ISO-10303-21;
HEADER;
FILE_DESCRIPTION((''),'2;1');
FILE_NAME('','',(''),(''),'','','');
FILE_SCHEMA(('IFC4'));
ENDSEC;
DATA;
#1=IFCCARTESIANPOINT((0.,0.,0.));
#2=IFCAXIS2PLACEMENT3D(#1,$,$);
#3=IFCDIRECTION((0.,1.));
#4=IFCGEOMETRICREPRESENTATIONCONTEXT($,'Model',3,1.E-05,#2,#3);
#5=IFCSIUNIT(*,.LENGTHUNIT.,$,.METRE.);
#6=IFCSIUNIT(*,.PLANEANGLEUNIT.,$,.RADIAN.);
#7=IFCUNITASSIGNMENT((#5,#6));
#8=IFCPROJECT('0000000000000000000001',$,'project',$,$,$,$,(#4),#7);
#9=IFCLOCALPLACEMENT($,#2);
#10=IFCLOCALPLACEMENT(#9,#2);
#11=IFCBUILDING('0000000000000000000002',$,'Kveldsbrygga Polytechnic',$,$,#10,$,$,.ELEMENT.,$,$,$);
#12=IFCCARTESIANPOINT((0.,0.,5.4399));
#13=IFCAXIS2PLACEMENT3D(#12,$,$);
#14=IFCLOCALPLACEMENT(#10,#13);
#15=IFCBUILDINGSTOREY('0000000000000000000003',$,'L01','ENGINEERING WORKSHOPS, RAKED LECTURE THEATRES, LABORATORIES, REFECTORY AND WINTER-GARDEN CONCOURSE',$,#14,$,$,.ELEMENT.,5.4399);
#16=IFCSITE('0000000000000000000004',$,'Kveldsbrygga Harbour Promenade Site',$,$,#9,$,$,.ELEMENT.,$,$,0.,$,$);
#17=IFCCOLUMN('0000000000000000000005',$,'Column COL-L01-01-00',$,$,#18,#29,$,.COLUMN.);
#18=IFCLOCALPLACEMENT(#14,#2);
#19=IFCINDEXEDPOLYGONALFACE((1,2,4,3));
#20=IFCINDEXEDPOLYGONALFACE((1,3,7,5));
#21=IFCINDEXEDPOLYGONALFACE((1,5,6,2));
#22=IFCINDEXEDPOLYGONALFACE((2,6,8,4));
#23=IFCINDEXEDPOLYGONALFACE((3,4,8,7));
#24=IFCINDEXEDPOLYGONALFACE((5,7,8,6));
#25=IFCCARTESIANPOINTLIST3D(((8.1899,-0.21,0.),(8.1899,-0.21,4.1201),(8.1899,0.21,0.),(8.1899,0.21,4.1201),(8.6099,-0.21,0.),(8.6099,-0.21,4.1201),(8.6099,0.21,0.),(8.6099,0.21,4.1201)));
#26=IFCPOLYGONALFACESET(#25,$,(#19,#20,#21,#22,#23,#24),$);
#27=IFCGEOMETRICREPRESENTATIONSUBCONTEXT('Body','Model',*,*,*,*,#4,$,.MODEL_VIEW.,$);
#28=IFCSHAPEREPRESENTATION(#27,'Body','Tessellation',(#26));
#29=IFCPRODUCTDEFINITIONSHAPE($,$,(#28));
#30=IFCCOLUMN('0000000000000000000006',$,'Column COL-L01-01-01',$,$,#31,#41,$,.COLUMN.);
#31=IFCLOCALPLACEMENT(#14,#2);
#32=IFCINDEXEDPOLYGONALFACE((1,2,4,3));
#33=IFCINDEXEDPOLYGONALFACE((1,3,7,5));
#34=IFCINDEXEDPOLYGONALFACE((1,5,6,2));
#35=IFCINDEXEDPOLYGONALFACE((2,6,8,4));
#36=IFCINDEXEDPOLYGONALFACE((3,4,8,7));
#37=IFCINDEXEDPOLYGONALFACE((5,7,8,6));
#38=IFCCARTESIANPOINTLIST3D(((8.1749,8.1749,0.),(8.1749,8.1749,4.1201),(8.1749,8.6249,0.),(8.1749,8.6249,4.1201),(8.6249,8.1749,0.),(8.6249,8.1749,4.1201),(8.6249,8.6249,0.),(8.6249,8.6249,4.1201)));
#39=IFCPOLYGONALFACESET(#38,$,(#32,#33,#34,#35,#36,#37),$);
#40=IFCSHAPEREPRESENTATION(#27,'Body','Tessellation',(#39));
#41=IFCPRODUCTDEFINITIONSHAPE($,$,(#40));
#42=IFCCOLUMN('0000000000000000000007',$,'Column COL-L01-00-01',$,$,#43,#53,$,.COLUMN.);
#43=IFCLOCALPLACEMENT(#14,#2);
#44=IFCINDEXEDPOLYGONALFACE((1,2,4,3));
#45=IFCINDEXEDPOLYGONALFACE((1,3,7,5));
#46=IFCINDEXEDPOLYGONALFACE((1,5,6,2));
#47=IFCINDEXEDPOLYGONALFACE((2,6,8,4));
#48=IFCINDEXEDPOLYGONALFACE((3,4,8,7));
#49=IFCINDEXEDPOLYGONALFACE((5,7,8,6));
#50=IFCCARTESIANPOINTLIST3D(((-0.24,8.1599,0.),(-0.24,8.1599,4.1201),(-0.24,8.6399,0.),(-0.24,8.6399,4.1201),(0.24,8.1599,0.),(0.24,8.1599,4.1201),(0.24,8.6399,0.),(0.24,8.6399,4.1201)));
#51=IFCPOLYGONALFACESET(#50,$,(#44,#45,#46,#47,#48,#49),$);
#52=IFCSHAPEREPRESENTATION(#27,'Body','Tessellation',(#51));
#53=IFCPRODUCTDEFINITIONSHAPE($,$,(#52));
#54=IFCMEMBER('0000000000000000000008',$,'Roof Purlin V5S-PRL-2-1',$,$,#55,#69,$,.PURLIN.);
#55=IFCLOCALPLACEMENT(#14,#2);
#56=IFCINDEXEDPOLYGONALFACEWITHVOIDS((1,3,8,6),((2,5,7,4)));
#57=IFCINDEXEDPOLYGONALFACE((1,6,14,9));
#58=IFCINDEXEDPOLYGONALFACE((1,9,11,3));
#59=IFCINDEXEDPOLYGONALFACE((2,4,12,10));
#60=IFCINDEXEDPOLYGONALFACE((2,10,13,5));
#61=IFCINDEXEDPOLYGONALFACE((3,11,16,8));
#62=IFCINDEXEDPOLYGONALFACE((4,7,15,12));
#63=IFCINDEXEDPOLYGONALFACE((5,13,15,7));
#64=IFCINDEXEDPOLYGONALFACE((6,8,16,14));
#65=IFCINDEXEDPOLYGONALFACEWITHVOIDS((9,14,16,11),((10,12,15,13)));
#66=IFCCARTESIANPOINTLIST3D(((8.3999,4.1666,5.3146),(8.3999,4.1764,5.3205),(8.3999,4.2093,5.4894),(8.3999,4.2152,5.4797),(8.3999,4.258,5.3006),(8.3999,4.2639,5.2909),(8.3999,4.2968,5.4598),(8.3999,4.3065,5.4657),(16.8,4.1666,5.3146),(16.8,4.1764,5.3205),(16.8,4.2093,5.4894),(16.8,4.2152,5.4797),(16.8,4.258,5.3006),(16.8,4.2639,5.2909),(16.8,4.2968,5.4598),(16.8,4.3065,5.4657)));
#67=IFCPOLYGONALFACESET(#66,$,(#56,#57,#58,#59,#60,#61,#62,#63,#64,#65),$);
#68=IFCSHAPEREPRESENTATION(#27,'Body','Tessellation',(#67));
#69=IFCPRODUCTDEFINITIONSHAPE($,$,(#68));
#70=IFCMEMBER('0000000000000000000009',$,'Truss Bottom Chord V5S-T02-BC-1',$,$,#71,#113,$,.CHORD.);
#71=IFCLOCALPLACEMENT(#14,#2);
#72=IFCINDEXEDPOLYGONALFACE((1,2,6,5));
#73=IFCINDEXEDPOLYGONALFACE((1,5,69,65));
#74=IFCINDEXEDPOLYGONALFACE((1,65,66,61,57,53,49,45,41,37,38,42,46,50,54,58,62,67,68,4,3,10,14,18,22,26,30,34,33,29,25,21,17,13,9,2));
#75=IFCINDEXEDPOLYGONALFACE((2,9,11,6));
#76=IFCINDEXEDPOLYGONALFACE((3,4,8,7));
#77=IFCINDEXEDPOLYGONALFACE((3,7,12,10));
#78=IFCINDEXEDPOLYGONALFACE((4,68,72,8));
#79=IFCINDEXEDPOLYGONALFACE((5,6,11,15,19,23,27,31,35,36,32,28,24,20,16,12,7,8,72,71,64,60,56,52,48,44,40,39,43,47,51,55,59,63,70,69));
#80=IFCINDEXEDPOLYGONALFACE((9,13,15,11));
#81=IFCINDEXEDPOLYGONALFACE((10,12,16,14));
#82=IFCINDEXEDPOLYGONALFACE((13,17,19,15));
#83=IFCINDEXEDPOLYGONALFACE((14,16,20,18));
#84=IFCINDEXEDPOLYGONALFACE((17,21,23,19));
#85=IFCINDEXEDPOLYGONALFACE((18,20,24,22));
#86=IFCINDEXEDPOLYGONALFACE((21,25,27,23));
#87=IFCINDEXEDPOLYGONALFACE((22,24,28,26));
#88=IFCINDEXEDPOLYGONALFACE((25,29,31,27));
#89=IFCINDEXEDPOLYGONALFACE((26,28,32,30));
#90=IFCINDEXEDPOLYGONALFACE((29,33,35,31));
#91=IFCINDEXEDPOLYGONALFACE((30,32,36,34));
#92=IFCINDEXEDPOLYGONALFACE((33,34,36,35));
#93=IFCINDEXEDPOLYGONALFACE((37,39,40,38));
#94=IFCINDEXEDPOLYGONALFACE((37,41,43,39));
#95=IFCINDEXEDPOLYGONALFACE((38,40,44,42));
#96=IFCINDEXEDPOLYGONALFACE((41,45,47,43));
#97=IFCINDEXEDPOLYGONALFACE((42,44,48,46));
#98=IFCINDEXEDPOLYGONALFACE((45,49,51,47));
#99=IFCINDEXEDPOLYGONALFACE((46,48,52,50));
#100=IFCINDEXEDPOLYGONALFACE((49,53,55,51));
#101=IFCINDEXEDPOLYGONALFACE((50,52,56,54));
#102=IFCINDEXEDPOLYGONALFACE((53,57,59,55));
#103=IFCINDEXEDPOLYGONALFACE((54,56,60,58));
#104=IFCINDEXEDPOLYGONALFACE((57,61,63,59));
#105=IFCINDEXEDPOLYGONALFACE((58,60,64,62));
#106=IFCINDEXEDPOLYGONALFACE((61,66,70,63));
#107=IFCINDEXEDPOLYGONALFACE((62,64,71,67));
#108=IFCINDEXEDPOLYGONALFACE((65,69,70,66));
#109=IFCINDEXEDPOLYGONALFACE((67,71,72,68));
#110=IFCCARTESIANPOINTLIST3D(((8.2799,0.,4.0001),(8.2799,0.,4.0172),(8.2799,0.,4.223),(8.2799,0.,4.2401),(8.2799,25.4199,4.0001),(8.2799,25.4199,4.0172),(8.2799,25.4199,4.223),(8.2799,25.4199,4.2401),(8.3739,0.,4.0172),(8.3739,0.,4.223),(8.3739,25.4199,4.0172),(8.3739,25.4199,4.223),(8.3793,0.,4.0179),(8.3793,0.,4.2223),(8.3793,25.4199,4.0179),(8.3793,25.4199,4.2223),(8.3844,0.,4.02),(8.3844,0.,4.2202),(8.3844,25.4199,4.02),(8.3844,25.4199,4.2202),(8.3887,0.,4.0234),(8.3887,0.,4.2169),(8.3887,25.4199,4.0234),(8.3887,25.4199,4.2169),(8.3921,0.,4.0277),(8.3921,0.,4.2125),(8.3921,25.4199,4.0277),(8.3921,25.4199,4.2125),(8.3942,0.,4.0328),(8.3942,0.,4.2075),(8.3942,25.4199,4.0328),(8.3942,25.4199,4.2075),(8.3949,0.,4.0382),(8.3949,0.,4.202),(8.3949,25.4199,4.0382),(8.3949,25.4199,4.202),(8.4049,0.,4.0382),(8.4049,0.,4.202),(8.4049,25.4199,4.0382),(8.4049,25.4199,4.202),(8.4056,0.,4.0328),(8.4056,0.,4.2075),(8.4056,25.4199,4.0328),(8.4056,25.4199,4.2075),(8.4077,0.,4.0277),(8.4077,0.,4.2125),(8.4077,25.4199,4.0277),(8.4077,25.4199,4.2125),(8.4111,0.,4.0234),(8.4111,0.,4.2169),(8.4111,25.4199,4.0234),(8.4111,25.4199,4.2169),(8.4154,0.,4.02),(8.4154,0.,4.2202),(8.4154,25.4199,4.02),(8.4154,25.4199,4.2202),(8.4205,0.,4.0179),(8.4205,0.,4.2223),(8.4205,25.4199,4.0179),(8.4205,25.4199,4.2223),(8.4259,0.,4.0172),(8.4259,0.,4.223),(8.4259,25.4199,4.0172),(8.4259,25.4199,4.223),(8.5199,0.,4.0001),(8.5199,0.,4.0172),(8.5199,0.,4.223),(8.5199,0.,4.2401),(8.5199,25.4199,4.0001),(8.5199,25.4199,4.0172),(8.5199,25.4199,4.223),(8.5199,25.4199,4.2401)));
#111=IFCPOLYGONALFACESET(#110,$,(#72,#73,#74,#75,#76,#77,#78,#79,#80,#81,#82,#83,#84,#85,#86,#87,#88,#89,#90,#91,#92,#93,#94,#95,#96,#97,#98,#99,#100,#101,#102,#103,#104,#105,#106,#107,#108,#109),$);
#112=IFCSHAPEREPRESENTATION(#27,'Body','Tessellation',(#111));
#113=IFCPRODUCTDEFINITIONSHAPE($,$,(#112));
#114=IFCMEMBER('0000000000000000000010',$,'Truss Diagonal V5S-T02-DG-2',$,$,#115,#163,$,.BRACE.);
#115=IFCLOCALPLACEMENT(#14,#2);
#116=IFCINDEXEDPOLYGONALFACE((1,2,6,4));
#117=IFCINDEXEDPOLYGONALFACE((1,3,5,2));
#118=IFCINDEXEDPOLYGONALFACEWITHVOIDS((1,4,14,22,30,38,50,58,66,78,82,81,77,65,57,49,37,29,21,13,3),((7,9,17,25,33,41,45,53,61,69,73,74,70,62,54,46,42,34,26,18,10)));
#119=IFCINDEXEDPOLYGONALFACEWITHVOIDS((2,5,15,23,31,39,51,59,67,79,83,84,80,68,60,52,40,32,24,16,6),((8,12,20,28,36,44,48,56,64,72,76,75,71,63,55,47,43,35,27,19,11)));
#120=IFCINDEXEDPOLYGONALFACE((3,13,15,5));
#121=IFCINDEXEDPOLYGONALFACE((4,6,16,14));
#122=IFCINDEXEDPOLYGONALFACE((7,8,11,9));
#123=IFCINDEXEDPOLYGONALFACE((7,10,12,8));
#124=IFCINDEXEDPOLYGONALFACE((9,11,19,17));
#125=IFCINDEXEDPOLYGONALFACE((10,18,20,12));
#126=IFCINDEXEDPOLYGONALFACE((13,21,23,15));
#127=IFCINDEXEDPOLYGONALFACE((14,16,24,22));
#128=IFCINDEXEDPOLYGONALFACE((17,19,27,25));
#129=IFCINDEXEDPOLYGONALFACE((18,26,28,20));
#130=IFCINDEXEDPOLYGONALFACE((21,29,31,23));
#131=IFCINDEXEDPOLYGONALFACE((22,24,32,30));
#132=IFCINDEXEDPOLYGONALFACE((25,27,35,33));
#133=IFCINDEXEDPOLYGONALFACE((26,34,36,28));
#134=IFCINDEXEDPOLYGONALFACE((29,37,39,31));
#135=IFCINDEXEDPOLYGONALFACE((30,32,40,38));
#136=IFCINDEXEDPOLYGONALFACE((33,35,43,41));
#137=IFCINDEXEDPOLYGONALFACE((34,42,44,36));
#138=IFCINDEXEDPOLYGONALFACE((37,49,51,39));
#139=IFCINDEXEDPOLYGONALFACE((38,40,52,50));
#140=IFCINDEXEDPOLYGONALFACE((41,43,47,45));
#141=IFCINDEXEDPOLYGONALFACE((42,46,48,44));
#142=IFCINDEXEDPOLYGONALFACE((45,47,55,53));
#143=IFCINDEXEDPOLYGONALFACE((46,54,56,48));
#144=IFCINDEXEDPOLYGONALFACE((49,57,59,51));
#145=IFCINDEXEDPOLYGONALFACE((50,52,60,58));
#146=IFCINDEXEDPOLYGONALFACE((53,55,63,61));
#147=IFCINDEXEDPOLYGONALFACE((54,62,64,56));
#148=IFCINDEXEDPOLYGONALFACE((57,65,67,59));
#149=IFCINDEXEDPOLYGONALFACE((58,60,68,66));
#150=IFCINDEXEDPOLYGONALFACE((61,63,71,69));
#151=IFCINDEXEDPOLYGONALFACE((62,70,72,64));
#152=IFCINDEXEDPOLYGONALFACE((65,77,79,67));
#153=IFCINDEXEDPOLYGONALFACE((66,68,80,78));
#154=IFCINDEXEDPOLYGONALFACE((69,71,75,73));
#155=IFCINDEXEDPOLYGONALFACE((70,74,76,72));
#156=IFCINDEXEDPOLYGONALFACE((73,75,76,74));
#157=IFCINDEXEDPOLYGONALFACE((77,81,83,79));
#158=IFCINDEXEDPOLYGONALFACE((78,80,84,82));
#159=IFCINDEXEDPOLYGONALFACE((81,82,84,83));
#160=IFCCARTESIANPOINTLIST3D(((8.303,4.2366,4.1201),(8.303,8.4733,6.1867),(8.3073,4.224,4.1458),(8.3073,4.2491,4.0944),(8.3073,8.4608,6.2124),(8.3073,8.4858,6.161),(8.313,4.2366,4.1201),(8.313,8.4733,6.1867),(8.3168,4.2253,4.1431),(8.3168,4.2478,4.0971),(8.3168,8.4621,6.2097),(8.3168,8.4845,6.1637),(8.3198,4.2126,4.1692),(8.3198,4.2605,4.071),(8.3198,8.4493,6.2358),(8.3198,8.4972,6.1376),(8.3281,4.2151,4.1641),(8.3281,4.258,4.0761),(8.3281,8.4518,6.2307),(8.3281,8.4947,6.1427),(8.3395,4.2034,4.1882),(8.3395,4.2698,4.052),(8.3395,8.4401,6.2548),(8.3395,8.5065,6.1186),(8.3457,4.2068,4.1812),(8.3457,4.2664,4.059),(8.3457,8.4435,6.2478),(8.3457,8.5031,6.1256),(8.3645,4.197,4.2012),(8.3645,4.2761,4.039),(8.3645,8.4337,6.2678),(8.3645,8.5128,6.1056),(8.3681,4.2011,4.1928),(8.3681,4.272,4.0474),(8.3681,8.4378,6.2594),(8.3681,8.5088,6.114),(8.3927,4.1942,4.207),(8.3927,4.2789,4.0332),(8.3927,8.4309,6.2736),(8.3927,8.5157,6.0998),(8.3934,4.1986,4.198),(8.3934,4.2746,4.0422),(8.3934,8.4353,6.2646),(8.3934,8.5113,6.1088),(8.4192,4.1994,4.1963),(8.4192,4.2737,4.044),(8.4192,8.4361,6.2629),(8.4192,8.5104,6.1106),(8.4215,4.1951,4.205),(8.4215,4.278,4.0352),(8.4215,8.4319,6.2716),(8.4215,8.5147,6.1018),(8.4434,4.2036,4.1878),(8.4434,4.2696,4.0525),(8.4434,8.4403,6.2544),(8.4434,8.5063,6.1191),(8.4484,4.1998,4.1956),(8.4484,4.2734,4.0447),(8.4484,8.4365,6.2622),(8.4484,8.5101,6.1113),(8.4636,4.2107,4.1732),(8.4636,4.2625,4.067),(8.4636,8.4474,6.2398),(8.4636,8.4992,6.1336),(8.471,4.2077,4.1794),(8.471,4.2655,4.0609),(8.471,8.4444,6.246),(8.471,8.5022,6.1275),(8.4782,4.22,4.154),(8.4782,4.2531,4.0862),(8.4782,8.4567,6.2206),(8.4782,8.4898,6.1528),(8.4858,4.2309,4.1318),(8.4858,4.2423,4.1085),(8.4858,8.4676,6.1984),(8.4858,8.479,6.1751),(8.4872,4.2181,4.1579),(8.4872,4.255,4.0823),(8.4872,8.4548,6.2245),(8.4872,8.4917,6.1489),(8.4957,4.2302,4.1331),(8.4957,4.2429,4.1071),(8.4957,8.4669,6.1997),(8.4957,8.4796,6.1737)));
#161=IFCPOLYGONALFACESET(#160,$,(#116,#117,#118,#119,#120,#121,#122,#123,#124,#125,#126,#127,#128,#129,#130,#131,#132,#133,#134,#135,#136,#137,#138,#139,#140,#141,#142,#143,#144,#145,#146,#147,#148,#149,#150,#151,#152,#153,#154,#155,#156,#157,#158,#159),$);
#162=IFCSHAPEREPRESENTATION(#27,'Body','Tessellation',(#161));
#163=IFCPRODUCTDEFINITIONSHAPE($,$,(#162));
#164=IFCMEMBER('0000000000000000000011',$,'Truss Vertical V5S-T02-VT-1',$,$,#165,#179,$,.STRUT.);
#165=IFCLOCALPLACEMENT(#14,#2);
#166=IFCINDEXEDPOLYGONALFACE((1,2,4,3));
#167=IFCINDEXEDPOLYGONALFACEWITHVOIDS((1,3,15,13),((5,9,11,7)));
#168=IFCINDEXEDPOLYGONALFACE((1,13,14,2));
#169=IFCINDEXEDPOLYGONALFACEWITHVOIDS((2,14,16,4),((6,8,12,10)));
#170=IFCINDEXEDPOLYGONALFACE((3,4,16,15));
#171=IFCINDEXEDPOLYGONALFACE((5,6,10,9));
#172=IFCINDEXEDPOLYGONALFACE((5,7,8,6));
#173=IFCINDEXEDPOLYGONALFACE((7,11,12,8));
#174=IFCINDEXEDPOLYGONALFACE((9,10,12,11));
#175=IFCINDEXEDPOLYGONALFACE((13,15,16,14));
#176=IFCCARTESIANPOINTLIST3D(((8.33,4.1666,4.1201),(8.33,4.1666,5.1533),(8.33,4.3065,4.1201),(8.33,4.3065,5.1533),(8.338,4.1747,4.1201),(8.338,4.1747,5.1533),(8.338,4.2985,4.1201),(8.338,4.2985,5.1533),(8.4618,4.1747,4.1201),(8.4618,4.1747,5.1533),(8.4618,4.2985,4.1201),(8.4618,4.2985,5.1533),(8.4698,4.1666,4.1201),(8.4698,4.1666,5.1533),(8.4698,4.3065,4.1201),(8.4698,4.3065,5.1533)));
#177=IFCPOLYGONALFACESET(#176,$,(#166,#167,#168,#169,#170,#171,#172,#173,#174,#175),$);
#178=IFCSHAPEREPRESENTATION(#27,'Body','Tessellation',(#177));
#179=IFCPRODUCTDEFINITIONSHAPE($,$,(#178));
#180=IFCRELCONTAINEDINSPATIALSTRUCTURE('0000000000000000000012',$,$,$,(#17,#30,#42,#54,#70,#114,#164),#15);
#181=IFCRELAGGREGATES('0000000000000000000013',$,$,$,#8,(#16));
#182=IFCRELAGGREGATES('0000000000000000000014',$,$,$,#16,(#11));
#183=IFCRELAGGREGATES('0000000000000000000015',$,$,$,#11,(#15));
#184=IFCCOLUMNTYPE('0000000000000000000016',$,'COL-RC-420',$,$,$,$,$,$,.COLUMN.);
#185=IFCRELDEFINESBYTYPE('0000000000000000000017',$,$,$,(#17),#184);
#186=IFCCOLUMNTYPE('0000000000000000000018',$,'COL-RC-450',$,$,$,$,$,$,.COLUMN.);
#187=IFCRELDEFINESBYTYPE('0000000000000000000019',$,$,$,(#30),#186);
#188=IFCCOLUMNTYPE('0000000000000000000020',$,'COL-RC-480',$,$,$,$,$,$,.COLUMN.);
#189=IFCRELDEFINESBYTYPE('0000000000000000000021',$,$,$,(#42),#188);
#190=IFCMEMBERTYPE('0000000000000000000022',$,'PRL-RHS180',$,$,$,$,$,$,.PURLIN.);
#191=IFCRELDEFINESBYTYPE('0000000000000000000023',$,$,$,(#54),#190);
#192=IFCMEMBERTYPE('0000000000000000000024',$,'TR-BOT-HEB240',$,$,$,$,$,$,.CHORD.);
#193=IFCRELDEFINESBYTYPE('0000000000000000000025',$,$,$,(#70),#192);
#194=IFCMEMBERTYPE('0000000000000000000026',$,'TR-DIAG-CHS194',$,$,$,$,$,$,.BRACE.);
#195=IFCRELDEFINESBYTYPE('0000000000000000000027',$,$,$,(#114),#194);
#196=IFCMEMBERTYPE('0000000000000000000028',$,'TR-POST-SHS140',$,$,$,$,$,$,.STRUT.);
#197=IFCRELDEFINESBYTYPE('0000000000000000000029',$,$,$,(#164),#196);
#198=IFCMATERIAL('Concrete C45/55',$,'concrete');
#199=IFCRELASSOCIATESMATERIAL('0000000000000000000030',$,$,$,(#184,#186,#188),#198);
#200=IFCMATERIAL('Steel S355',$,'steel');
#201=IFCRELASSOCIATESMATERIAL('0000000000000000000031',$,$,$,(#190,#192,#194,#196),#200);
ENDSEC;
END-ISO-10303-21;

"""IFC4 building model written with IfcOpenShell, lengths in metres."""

from ifc_helpers import new_model, si_unit, direction, frame, origin, origin_2d, place, context, subcontext, project, spatial, rectangle, hollow_rectangle, hollow_circle, i_section, extrude, material, material_profile, profile_set, type_object, element, save


model = new_model("IFC4")

# Units and contexts
model_context = context("Model", 3, precision=1e-05, world=origin(), true_north=direction((0.0, 1.0)))
body_context = subcontext(model_context, "Body", "Model", "MODEL_VIEW")
ifc_project = project(units=[si_unit("LENGTHUNIT", "METRE"), si_unit("PLANEANGLEUNIT", "RADIAN")], contexts=[model_context])

# Site, building, storey
site_placement = place(None, origin())
site = spatial("IfcSite", under=ifc_project, at=site_placement, Name="Kveldsbrygga Harbour Promenade Site", CompositionType="ELEMENT", RefElevation=0.0)
building_placement = place(site_placement, origin())
building = spatial("IfcBuilding", under=site, at=building_placement, Name="Kveldsbrygga Polytechnic", CompositionType="ELEMENT")
storey_placement = place(building_placement, frame((0.0, 0.0, 5.4399)))
storey = spatial("IfcBuildingStorey", under=building, at=storey_placement, Name="L01", Description="ENGINEERING WORKSHOPS, RAKED LECTURE THEATRES, LABORATORIES, REFECTORY AND WINTER-GARDEN CONCOURSE", CompositionType="ELEMENT", Elevation=5.4399)

# Columns
ifc_material_1 = material(Name="Concrete C45/55", Category="concrete")
ifc_material_profile_1 = material_profile(ifc_material_1, rectangle(XDim=0.4199, YDim=0.4199, at=origin_2d()), Name="RC 420x420")
ifc_profile_set_1 = profile_set([ifc_material_profile_1], Name="Concrete C45/55")
column_type_1 = type_object("IfcColumnType", Name="COL-RC-420", PredefinedType="COLUMN", material=ifc_profile_set_1)
column_1_placement = place(storey_placement, frame((8.3999, 0.0, 0.0), z_axis=(0.0, 0.0, 1.0), x_axis=(1.0, 0.0, 0.0)))
element("IfcColumn", 1, at=column_1_placement, inside=storey, type_object=column_type_1, Name="Column COL-L01-01-00", PredefinedType="COLUMN", context=body_context, shape_type="SweptSolid", body=[
    extrude(rectangle(XDim=0.4199, YDim=0.4199, at=origin_2d()), origin(), (0.0, 0.0, 1.0), 4.1201),
])
ifc_material_profile_2 = material_profile(ifc_material_1, rectangle(XDim=0.45, YDim=0.45, at=origin_2d()), Name="RC 450x450")
ifc_profile_set_2 = profile_set([ifc_material_profile_2], Name="Concrete C45/55")
column_type_2 = type_object("IfcColumnType", Name="COL-RC-450", PredefinedType="COLUMN", material=ifc_profile_set_2)
column_2_placement = place(storey_placement, frame((8.3999, 8.3999, 0.0), z_axis=(0.0, 0.0, 1.0), x_axis=(1.0, 0.0, 0.0)))
element("IfcColumn", 2, at=column_2_placement, inside=storey, type_object=column_type_2, Name="Column COL-L01-01-01", PredefinedType="COLUMN", context=body_context, shape_type="SweptSolid", body=[
    extrude(rectangle(XDim=0.45, YDim=0.45, at=origin_2d()), origin(), (0.0, 0.0, 1.0), 4.1201),
])
ifc_material_profile_3 = material_profile(ifc_material_1, rectangle(XDim=0.48, YDim=0.48, at=origin_2d()), Name="RC 480x480")
ifc_profile_set_3 = profile_set([ifc_material_profile_3], Name="Concrete C45/55")
column_type_3 = type_object("IfcColumnType", Name="COL-RC-480", PredefinedType="COLUMN", material=ifc_profile_set_3)
column_3_placement = place(storey_placement, frame((0.0, 8.3999, 0.0), z_axis=(0.0, 0.0, 1.0), x_axis=(1.0, 0.0, 0.0)))
element("IfcColumn", 3, at=column_3_placement, inside=storey, type_object=column_type_3, Name="Column COL-L01-00-01", PredefinedType="COLUMN", context=body_context, shape_type="SweptSolid", body=[
    extrude(rectangle(XDim=0.48, YDim=0.48, at=origin_2d()), origin(), (0.0, 0.0, 1.0), 4.1201),
])

# Members
ifc_material_2 = material(Name="Steel S355", Category="steel")
ifc_material_profile_4 = material_profile(ifc_material_2, hollow_rectangle(XDim=0.1001, YDim=0.1799, WallThickness=0.0081, at=origin_2d()), Name="RHS 180x100x8.0")
ifc_profile_set_4 = profile_set([ifc_material_profile_4], Name="Steel S355")
member_type_1 = type_object("IfcMemberType", Name="PRL-RHS180", PredefinedType="PURLIN", material=ifc_profile_set_4)
member_1_placement = place(storey_placement, frame((8.3999, 4.2366, 5.3901), z_axis=(1.0, 0.0, 0.0), x_axis=(0.0, 0.97152, -0.236957)))
element("IfcMember", 4, at=member_1_placement, inside=storey, type_object=member_type_1, Name="Roof Purlin V5S-PRL-2-1", PredefinedType="PURLIN", context=body_context, shape_type="SweptSolid", body=[
    extrude(hollow_rectangle(XDim=0.1001, YDim=0.1799, WallThickness=0.0081, at=origin_2d()), origin(), (0.0, 0.0, 1.0), 8.4001),
])
ifc_material_profile_5 = material_profile(ifc_material_2, i_section(OverallWidth=0.24, OverallDepth=0.24, WebThickness=0.01, FlangeThickness=0.0171, FilletRadius=0.021, at=origin_2d()), Name="HEB 240")
ifc_profile_set_5 = profile_set([ifc_material_profile_5], Name="Steel S355")
member_type_2 = type_object("IfcMemberType", Name="TR-BOT-HEB240", PredefinedType="CHORD", material=ifc_profile_set_5)
member_2_placement = place(storey_placement, frame((8.3999, 0.0, 4.1201), z_axis=(0.0, 1.0, 0.0), x_axis=(-1.0, 0.0, 0.0)))
element("IfcMember", 5, at=member_2_placement, inside=storey, type_object=member_type_2, Name="Truss Bottom Chord V5S-T02-BC-1", PredefinedType="CHORD", context=body_context, shape_type="SweptSolid", body=[
    extrude(i_section(OverallWidth=0.24, OverallDepth=0.24, WebThickness=0.01, FlangeThickness=0.0171, FilletRadius=0.021, at=origin_2d()), origin(), (0.0, 0.0, 1.0), 25.4199),
])
ifc_material_profile_6 = material_profile(ifc_material_2, hollow_circle(Radius=0.0969, WallThickness=0.01, at=origin_2d()), Name="CHS 193.7x10.0")
ifc_profile_set_6 = profile_set([ifc_material_profile_6], Name="Steel S355")
member_type_3 = type_object("IfcMemberType", Name="TR-DIAG-CHS194", PredefinedType="BRACE", material=ifc_profile_set_6)
member_3_placement = place(storey_placement, frame((8.3999, 4.2366, 4.1201), z_axis=(0.0, 0.898776, 0.438408), x_axis=(-1.0, 0.0, 0.0)))
element("IfcMember", 6, at=member_3_placement, inside=storey, type_object=member_type_3, Name="Truss Diagonal V5S-T02-DG-2", PredefinedType="BRACE", context=body_context, shape_type="SweptSolid", body=[
    extrude(hollow_circle(Radius=0.0969, WallThickness=0.01, at=origin_2d()), origin(), (0.0, 0.0, 1.0), 4.7139),
])
ifc_material_profile_7 = material_profile(ifc_material_2, hollow_rectangle(XDim=0.1399, YDim=0.1399, WallThickness=0.0081, at=origin_2d()), Name="SHS 140x140x8.0")
ifc_profile_set_7 = profile_set([ifc_material_profile_7], Name="Steel S355")
member_type_4 = type_object("IfcMemberType", Name="TR-POST-SHS140", PredefinedType="STRUT", material=ifc_profile_set_7)
member_4_placement = place(storey_placement, frame((8.3999, 4.2366, 4.1201), z_axis=(0.0, 0.0, 1.0), x_axis=(1.0, 0.0, 0.0)))
element("IfcMember", 7, at=member_4_placement, inside=storey, type_object=member_type_4, Name="Truss Vertical V5S-T02-VT-1", PredefinedType="STRUT", context=body_context, shape_type="SweptSolid", body=[
    extrude(hollow_rectangle(XDim=0.1399, YDim=0.1399, WallThickness=0.0081, at=origin_2d()), origin(), (0.0, 0.0, 1.0), 1.0332),
])

save(model, "model.ifc")
